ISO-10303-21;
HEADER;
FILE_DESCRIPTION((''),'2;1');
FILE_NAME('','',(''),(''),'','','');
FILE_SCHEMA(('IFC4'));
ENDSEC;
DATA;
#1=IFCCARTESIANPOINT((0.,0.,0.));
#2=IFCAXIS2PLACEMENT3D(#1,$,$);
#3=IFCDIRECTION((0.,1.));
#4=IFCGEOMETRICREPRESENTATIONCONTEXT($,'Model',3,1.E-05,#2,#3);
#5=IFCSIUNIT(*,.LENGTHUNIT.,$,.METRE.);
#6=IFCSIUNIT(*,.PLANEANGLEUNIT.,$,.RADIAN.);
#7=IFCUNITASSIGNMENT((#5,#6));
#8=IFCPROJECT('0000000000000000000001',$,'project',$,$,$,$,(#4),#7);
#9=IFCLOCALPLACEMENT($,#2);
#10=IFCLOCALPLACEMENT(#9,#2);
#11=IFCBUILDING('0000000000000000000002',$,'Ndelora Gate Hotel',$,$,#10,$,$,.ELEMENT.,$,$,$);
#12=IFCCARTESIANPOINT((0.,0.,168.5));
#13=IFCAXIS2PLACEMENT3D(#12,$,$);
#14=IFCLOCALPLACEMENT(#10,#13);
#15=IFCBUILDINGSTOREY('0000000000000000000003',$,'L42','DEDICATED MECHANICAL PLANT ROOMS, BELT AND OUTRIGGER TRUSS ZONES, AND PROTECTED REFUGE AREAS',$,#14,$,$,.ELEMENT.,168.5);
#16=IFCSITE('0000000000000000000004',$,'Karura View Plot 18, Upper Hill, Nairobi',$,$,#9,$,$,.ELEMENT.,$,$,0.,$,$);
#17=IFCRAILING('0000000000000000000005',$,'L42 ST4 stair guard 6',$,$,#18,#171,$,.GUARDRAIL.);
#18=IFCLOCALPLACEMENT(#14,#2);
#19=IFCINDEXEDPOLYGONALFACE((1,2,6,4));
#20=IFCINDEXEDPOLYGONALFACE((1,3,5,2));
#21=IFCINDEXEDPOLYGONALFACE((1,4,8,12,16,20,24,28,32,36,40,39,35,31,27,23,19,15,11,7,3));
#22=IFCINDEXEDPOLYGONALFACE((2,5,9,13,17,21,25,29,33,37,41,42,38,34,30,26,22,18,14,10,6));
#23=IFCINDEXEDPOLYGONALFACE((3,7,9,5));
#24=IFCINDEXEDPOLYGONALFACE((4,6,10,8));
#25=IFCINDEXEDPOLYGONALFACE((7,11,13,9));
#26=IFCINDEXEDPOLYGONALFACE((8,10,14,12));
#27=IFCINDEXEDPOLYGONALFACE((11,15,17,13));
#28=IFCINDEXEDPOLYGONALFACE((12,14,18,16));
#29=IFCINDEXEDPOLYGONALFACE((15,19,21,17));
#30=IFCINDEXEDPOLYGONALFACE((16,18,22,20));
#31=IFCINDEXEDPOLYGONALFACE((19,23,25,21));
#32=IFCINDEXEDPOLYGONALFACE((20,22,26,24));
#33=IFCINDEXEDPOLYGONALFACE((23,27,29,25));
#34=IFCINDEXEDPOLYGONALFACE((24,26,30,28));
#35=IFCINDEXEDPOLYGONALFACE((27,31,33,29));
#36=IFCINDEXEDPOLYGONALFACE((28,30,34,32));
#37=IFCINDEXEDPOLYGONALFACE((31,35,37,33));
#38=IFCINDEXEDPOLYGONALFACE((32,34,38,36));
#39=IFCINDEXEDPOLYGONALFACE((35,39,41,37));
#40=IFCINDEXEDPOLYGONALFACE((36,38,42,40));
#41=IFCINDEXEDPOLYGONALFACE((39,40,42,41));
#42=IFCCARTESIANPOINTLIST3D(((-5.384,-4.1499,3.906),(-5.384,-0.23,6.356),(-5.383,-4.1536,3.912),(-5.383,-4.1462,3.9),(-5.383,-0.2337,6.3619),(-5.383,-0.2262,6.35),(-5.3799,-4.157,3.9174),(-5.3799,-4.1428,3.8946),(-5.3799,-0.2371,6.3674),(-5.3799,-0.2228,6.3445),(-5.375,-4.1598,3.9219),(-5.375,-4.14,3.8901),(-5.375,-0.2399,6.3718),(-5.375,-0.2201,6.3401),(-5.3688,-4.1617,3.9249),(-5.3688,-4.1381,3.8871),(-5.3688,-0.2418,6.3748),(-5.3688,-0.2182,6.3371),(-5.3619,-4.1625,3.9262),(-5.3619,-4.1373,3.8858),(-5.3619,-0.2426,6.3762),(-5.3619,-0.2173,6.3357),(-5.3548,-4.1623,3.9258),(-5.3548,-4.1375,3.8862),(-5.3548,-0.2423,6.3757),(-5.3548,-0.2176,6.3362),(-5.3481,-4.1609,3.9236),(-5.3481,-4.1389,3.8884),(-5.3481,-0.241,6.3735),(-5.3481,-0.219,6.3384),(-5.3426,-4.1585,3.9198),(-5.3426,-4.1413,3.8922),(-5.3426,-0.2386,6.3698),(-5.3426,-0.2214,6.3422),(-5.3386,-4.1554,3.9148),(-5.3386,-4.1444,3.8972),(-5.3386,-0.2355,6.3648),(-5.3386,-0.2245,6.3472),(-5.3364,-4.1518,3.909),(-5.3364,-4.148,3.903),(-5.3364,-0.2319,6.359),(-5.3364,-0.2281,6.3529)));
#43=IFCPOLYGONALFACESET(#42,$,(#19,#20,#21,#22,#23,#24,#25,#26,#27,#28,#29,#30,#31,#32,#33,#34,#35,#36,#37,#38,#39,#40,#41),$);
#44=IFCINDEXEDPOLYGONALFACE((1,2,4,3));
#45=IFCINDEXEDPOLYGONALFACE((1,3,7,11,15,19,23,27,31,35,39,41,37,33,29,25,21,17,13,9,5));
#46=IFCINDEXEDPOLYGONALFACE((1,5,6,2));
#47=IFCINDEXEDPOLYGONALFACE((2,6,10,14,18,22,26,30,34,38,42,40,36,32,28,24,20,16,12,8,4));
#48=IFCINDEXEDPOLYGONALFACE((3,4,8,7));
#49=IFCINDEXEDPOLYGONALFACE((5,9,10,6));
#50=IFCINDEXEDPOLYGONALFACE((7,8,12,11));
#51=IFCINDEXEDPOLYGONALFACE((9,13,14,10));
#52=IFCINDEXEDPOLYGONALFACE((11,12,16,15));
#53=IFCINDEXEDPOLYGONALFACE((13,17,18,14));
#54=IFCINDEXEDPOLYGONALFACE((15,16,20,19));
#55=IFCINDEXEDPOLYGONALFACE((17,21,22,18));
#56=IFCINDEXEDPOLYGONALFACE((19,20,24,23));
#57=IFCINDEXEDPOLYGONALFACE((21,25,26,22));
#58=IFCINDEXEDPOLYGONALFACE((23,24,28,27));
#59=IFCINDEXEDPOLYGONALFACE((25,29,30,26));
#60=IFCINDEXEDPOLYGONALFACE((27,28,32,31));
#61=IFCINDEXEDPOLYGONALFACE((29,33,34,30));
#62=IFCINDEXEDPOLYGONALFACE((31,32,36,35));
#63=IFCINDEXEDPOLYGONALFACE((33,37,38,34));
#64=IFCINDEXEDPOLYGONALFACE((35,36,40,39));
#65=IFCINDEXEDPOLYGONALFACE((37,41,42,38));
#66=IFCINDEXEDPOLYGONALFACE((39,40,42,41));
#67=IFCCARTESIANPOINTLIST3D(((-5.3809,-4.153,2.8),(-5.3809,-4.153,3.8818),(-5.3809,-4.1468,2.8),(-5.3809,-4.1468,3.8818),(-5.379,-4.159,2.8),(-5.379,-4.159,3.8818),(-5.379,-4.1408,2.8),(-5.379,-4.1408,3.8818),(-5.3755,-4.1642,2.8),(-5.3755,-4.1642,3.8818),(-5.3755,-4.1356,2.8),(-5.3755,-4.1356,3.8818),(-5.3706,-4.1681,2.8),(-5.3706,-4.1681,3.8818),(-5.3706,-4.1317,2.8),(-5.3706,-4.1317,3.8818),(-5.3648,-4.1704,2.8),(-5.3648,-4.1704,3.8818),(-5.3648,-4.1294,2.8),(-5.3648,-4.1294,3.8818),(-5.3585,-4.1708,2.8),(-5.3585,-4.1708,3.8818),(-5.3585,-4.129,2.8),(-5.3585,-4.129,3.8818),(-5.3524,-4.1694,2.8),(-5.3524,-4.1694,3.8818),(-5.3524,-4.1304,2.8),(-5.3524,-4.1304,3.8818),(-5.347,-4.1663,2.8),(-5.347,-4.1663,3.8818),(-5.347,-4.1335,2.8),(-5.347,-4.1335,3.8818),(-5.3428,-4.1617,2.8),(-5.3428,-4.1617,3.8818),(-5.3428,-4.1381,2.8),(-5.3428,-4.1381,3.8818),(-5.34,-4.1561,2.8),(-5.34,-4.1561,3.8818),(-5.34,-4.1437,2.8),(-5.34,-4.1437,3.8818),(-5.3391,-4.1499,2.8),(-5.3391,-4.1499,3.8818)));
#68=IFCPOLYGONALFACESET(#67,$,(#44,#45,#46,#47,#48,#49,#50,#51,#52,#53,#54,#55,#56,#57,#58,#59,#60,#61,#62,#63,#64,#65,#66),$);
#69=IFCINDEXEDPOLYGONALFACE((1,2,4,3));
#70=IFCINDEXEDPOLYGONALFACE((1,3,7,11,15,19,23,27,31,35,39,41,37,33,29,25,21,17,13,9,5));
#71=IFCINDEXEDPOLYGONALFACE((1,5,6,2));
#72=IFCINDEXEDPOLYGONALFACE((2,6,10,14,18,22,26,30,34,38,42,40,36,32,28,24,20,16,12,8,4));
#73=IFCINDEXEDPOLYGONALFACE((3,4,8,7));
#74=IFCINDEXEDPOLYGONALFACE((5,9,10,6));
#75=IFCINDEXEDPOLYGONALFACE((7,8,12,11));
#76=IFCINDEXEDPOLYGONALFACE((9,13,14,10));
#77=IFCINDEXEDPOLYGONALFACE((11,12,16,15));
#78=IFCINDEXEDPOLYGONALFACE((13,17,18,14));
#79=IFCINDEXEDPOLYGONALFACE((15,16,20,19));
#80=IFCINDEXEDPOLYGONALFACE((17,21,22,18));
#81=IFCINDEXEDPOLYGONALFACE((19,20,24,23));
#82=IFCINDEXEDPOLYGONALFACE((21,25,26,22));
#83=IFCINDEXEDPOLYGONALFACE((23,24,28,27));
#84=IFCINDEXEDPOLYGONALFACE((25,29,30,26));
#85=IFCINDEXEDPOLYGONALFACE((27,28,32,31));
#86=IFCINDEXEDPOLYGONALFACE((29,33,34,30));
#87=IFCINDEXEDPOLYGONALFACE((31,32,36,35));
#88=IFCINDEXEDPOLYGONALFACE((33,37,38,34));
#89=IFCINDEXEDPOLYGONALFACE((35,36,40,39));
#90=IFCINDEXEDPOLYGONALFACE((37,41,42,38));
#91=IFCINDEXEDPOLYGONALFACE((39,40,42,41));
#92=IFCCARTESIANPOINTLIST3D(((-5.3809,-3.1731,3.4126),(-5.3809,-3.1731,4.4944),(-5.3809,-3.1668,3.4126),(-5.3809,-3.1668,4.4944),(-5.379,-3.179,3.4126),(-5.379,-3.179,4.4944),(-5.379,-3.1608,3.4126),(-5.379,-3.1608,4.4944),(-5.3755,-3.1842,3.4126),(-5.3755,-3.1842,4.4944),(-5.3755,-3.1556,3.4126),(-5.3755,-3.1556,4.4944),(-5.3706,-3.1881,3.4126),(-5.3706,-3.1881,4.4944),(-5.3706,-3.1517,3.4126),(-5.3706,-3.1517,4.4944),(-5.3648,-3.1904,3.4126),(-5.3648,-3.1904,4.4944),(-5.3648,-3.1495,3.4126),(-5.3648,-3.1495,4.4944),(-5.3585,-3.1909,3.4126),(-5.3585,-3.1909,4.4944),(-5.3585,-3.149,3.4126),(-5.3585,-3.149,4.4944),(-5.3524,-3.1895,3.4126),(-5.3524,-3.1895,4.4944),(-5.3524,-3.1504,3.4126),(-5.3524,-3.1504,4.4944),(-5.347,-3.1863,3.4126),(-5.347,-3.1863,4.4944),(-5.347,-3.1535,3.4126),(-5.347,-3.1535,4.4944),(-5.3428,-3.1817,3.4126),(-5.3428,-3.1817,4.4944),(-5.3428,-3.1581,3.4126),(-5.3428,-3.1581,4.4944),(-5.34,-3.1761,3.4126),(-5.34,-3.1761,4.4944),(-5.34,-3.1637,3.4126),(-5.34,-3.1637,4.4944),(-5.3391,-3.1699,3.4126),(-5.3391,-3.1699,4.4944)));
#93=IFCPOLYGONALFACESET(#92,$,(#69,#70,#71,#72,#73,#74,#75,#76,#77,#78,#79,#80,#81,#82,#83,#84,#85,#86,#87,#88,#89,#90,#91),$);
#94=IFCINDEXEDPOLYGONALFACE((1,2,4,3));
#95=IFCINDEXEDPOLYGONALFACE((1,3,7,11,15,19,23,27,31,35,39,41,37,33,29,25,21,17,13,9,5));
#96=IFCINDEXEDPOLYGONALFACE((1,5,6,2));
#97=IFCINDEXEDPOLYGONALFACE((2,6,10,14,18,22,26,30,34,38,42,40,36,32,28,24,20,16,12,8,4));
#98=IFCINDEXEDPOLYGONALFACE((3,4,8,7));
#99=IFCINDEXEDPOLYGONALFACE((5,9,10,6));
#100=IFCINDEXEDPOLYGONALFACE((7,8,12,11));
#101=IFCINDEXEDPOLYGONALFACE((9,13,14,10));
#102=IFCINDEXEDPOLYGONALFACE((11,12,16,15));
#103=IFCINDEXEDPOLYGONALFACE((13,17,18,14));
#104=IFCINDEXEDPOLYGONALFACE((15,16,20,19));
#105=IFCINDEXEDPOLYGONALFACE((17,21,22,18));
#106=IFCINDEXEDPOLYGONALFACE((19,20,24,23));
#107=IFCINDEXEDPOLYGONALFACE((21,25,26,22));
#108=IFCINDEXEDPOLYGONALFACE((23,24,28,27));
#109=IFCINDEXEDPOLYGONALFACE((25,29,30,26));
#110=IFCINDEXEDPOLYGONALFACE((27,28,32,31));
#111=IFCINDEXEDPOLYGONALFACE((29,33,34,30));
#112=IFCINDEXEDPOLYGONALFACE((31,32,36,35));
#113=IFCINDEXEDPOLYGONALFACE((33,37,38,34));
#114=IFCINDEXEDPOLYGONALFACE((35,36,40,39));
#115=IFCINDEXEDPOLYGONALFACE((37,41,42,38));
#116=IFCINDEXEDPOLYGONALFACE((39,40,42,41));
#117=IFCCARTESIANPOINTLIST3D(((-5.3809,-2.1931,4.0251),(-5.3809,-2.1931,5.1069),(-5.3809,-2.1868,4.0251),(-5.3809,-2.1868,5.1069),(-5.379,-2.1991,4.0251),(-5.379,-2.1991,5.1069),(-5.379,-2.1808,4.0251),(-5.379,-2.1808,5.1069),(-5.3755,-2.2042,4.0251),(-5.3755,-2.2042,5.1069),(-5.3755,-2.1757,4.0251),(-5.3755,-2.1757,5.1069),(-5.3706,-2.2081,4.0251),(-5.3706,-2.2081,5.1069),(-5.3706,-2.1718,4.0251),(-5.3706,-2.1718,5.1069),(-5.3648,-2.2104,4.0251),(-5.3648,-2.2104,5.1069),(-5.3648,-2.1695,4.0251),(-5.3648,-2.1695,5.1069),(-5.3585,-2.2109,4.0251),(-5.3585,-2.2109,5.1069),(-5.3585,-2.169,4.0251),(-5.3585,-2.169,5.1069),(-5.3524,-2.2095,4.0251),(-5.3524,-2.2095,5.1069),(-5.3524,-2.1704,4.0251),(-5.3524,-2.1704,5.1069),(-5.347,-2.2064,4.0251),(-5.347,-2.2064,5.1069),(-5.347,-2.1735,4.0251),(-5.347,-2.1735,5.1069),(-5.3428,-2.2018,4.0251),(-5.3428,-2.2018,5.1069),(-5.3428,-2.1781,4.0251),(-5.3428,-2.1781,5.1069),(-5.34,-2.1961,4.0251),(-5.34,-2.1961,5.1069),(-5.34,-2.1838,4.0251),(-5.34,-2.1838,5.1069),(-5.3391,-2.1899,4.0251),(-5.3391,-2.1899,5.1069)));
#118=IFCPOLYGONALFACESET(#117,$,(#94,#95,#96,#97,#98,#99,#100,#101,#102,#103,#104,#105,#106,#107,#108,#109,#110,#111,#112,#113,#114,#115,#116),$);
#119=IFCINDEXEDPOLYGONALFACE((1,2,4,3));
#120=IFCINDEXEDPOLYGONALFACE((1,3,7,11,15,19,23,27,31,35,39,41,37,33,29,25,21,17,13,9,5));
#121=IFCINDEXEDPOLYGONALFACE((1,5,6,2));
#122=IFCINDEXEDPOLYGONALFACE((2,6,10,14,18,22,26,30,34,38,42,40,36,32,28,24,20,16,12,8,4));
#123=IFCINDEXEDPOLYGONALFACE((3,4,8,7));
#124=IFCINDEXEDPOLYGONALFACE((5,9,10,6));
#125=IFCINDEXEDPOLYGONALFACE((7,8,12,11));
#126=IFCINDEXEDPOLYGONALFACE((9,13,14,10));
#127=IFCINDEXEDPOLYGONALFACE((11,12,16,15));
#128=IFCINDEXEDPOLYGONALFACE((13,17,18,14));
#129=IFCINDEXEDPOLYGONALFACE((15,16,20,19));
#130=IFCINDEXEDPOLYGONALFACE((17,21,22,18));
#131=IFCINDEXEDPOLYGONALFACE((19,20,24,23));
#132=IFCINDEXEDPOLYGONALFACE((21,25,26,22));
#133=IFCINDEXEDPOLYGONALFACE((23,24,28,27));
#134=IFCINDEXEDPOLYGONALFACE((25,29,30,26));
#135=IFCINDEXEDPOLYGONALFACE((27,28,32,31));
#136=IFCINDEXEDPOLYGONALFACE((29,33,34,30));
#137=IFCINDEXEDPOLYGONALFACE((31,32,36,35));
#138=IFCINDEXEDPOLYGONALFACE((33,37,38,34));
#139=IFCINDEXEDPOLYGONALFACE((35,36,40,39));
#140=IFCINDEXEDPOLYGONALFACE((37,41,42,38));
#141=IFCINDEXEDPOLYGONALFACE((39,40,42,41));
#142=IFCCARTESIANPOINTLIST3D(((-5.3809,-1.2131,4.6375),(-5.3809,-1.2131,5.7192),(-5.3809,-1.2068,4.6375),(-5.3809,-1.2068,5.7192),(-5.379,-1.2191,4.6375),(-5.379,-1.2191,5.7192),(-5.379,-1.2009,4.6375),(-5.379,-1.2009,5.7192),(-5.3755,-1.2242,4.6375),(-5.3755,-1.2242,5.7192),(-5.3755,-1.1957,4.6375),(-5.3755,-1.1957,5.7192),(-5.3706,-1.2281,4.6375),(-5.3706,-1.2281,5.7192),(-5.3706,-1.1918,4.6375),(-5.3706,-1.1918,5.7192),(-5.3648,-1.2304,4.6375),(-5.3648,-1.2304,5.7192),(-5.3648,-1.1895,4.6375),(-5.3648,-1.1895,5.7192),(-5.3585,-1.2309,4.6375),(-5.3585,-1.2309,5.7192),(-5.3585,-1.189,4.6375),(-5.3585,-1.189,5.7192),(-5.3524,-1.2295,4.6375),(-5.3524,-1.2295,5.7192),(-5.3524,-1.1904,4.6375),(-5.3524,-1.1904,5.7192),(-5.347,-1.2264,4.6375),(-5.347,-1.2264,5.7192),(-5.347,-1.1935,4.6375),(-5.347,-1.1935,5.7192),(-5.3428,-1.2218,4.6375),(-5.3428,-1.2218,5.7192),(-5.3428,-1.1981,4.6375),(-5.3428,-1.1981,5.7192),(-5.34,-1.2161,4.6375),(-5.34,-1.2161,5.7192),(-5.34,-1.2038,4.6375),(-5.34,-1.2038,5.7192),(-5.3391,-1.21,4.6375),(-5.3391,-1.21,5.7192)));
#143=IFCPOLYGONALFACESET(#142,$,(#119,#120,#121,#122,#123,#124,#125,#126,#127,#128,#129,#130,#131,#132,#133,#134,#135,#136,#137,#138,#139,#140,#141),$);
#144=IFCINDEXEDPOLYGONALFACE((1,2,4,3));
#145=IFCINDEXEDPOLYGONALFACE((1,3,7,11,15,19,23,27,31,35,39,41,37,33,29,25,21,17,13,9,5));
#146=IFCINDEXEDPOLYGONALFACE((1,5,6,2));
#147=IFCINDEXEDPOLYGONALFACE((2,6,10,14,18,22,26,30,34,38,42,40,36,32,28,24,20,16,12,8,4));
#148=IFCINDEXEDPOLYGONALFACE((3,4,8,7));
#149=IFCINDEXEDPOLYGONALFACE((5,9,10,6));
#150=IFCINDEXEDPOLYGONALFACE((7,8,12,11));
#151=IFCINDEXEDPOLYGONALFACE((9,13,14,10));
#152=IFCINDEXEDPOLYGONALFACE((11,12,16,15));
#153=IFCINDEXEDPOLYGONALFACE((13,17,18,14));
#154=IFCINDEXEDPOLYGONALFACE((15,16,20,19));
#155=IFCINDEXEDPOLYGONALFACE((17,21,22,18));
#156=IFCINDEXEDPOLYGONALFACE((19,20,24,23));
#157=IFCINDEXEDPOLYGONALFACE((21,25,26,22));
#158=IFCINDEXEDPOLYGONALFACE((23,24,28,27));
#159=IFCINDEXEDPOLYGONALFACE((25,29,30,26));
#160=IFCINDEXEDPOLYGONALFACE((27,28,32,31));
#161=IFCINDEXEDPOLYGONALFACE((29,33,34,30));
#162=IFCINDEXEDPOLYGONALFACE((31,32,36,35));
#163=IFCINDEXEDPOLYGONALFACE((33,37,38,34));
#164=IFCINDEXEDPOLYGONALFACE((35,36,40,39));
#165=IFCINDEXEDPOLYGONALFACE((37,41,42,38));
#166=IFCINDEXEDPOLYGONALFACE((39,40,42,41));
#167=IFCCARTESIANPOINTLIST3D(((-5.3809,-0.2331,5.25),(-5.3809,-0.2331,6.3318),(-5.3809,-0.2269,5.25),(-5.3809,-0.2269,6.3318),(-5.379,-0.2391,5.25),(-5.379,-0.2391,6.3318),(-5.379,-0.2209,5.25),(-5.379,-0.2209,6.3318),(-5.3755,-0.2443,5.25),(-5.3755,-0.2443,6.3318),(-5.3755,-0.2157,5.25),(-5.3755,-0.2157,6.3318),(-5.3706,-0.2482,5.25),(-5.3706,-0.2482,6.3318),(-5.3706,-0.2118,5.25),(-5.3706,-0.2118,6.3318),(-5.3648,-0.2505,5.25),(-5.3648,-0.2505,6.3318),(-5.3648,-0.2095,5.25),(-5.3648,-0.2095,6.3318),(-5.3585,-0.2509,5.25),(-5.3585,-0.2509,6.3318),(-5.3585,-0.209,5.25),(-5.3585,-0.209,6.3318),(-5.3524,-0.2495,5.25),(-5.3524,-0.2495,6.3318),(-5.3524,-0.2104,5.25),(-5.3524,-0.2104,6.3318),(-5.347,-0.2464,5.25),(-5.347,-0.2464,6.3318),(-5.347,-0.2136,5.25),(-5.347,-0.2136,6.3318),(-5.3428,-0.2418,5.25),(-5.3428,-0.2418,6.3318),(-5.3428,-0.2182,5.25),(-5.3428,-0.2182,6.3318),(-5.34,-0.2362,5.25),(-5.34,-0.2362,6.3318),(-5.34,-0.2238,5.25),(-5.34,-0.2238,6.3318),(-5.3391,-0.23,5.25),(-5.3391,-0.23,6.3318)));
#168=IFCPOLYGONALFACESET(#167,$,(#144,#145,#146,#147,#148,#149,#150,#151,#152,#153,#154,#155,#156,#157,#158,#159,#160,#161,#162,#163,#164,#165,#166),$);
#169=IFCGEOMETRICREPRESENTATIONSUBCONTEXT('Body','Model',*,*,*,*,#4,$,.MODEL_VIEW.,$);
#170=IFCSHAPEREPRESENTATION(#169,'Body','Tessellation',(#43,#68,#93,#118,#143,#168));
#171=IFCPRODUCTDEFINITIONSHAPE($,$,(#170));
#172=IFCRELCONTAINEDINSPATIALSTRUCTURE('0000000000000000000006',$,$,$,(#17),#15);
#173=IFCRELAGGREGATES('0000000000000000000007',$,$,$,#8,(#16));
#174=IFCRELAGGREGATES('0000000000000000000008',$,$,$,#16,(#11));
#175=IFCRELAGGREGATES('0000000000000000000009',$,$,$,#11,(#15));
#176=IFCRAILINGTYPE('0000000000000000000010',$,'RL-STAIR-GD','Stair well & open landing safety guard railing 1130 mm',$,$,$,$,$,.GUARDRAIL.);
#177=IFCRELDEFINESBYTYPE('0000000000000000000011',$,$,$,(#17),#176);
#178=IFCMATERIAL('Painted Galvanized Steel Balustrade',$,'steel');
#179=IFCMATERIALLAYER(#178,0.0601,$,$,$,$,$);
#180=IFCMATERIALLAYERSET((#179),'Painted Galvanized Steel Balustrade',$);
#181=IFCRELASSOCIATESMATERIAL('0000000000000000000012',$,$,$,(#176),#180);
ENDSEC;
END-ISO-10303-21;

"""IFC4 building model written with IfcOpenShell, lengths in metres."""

from ifc_helpers import new_model, si_unit, direction, frame, origin, origin_2d, place, context, subcontext, project, spatial, circle, extrude, material, layer, layer_set, type_object, element, save


model = new_model("IFC4")

# Units and contexts
model_context = context("Model", 3, precision=1e-05, world=origin(), true_north=direction((0.0, 1.0)))
body_context = subcontext(model_context, "Body", "Model", "MODEL_VIEW")
ifc_project = project(units=[si_unit("LENGTHUNIT", "METRE"), si_unit("PLANEANGLEUNIT", "RADIAN")], contexts=[model_context])

# Site, building, storey
site_placement = place(None, origin())
site = spatial("IfcSite", under=ifc_project, at=site_placement, Name="Karura View Plot 18, Upper Hill, Nairobi", CompositionType="ELEMENT", RefElevation=0.0)
building_placement = place(site_placement, origin())
building = spatial("IfcBuilding", under=site, at=building_placement, Name="Ndelora Gate Hotel", CompositionType="ELEMENT")
storey_placement = place(building_placement, frame((0.0, 0.0, 168.5)))
storey = spatial("IfcBuildingStorey", under=building, at=storey_placement, Name="L42", Description="DEDICATED MECHANICAL PLANT ROOMS, BELT AND OUTRIGGER TRUSS ZONES, AND PROTECTED REFUGE AREAS", CompositionType="ELEMENT", Elevation=168.5)

# Railing
ifc_material_1 = material(Name="Painted Galvanized Steel Balustrade", Category="steel")
ifc_layer_1 = layer(ifc_material_1, 0.0601)
ifc_layer_set_1 = layer_set([ifc_layer_1], Name="Painted Galvanized Steel Balustrade")
railing_type_1 = type_object("IfcRailingType", Name="RL-STAIR-GD", Description="Stair well & open landing safety guard railing 1130 mm", PredefinedType="GUARDRAIL", material=ifc_layer_set_1)
railing_1_placement = place(storey_placement, frame((-5.3601, -4.1499, 2.8)))
element("IfcRailing", 1, at=railing_1_placement, inside=storey, type_object=railing_type_1, Name="L42 ST4 stair guard 6", PredefinedType="GUARDRAIL", context=body_context, shape_type="SweptSolid", body=[
    extrude(circle(Radius=0.0239, at=origin_2d()), frame((0.0, 0.0, 1.106), z_axis=(0.0, 0.847998, 0.529999), x_axis=(-1.0, 0.0, 0.0)), (0.0, 0.0, 1.0), 4.6226),
    extrude(circle(Radius=0.021, at=origin_2d()), origin(), (0.0, 0.0, 1.0), 1.0818),
    extrude(circle(Radius=0.021, at=origin_2d()), frame((0.0, 0.98, 0.6125)), (0.0, 0.0, 1.0), 1.0818),
    extrude(circle(Radius=0.021, at=origin_2d()), frame((0.0, 1.96, 1.2251)), (0.0, 0.0, 1.0), 1.0818),
    extrude(circle(Radius=0.021, at=origin_2d()), frame((0.0, 2.9399, 1.8374)), (0.0, 0.0, 1.0), 1.0818),
    extrude(circle(Radius=0.021, at=origin_2d()), frame((0.0, 3.9199, 2.45)), (0.0, 0.0, 1.0), 1.0818),
])

save(model, "model.ifc")
